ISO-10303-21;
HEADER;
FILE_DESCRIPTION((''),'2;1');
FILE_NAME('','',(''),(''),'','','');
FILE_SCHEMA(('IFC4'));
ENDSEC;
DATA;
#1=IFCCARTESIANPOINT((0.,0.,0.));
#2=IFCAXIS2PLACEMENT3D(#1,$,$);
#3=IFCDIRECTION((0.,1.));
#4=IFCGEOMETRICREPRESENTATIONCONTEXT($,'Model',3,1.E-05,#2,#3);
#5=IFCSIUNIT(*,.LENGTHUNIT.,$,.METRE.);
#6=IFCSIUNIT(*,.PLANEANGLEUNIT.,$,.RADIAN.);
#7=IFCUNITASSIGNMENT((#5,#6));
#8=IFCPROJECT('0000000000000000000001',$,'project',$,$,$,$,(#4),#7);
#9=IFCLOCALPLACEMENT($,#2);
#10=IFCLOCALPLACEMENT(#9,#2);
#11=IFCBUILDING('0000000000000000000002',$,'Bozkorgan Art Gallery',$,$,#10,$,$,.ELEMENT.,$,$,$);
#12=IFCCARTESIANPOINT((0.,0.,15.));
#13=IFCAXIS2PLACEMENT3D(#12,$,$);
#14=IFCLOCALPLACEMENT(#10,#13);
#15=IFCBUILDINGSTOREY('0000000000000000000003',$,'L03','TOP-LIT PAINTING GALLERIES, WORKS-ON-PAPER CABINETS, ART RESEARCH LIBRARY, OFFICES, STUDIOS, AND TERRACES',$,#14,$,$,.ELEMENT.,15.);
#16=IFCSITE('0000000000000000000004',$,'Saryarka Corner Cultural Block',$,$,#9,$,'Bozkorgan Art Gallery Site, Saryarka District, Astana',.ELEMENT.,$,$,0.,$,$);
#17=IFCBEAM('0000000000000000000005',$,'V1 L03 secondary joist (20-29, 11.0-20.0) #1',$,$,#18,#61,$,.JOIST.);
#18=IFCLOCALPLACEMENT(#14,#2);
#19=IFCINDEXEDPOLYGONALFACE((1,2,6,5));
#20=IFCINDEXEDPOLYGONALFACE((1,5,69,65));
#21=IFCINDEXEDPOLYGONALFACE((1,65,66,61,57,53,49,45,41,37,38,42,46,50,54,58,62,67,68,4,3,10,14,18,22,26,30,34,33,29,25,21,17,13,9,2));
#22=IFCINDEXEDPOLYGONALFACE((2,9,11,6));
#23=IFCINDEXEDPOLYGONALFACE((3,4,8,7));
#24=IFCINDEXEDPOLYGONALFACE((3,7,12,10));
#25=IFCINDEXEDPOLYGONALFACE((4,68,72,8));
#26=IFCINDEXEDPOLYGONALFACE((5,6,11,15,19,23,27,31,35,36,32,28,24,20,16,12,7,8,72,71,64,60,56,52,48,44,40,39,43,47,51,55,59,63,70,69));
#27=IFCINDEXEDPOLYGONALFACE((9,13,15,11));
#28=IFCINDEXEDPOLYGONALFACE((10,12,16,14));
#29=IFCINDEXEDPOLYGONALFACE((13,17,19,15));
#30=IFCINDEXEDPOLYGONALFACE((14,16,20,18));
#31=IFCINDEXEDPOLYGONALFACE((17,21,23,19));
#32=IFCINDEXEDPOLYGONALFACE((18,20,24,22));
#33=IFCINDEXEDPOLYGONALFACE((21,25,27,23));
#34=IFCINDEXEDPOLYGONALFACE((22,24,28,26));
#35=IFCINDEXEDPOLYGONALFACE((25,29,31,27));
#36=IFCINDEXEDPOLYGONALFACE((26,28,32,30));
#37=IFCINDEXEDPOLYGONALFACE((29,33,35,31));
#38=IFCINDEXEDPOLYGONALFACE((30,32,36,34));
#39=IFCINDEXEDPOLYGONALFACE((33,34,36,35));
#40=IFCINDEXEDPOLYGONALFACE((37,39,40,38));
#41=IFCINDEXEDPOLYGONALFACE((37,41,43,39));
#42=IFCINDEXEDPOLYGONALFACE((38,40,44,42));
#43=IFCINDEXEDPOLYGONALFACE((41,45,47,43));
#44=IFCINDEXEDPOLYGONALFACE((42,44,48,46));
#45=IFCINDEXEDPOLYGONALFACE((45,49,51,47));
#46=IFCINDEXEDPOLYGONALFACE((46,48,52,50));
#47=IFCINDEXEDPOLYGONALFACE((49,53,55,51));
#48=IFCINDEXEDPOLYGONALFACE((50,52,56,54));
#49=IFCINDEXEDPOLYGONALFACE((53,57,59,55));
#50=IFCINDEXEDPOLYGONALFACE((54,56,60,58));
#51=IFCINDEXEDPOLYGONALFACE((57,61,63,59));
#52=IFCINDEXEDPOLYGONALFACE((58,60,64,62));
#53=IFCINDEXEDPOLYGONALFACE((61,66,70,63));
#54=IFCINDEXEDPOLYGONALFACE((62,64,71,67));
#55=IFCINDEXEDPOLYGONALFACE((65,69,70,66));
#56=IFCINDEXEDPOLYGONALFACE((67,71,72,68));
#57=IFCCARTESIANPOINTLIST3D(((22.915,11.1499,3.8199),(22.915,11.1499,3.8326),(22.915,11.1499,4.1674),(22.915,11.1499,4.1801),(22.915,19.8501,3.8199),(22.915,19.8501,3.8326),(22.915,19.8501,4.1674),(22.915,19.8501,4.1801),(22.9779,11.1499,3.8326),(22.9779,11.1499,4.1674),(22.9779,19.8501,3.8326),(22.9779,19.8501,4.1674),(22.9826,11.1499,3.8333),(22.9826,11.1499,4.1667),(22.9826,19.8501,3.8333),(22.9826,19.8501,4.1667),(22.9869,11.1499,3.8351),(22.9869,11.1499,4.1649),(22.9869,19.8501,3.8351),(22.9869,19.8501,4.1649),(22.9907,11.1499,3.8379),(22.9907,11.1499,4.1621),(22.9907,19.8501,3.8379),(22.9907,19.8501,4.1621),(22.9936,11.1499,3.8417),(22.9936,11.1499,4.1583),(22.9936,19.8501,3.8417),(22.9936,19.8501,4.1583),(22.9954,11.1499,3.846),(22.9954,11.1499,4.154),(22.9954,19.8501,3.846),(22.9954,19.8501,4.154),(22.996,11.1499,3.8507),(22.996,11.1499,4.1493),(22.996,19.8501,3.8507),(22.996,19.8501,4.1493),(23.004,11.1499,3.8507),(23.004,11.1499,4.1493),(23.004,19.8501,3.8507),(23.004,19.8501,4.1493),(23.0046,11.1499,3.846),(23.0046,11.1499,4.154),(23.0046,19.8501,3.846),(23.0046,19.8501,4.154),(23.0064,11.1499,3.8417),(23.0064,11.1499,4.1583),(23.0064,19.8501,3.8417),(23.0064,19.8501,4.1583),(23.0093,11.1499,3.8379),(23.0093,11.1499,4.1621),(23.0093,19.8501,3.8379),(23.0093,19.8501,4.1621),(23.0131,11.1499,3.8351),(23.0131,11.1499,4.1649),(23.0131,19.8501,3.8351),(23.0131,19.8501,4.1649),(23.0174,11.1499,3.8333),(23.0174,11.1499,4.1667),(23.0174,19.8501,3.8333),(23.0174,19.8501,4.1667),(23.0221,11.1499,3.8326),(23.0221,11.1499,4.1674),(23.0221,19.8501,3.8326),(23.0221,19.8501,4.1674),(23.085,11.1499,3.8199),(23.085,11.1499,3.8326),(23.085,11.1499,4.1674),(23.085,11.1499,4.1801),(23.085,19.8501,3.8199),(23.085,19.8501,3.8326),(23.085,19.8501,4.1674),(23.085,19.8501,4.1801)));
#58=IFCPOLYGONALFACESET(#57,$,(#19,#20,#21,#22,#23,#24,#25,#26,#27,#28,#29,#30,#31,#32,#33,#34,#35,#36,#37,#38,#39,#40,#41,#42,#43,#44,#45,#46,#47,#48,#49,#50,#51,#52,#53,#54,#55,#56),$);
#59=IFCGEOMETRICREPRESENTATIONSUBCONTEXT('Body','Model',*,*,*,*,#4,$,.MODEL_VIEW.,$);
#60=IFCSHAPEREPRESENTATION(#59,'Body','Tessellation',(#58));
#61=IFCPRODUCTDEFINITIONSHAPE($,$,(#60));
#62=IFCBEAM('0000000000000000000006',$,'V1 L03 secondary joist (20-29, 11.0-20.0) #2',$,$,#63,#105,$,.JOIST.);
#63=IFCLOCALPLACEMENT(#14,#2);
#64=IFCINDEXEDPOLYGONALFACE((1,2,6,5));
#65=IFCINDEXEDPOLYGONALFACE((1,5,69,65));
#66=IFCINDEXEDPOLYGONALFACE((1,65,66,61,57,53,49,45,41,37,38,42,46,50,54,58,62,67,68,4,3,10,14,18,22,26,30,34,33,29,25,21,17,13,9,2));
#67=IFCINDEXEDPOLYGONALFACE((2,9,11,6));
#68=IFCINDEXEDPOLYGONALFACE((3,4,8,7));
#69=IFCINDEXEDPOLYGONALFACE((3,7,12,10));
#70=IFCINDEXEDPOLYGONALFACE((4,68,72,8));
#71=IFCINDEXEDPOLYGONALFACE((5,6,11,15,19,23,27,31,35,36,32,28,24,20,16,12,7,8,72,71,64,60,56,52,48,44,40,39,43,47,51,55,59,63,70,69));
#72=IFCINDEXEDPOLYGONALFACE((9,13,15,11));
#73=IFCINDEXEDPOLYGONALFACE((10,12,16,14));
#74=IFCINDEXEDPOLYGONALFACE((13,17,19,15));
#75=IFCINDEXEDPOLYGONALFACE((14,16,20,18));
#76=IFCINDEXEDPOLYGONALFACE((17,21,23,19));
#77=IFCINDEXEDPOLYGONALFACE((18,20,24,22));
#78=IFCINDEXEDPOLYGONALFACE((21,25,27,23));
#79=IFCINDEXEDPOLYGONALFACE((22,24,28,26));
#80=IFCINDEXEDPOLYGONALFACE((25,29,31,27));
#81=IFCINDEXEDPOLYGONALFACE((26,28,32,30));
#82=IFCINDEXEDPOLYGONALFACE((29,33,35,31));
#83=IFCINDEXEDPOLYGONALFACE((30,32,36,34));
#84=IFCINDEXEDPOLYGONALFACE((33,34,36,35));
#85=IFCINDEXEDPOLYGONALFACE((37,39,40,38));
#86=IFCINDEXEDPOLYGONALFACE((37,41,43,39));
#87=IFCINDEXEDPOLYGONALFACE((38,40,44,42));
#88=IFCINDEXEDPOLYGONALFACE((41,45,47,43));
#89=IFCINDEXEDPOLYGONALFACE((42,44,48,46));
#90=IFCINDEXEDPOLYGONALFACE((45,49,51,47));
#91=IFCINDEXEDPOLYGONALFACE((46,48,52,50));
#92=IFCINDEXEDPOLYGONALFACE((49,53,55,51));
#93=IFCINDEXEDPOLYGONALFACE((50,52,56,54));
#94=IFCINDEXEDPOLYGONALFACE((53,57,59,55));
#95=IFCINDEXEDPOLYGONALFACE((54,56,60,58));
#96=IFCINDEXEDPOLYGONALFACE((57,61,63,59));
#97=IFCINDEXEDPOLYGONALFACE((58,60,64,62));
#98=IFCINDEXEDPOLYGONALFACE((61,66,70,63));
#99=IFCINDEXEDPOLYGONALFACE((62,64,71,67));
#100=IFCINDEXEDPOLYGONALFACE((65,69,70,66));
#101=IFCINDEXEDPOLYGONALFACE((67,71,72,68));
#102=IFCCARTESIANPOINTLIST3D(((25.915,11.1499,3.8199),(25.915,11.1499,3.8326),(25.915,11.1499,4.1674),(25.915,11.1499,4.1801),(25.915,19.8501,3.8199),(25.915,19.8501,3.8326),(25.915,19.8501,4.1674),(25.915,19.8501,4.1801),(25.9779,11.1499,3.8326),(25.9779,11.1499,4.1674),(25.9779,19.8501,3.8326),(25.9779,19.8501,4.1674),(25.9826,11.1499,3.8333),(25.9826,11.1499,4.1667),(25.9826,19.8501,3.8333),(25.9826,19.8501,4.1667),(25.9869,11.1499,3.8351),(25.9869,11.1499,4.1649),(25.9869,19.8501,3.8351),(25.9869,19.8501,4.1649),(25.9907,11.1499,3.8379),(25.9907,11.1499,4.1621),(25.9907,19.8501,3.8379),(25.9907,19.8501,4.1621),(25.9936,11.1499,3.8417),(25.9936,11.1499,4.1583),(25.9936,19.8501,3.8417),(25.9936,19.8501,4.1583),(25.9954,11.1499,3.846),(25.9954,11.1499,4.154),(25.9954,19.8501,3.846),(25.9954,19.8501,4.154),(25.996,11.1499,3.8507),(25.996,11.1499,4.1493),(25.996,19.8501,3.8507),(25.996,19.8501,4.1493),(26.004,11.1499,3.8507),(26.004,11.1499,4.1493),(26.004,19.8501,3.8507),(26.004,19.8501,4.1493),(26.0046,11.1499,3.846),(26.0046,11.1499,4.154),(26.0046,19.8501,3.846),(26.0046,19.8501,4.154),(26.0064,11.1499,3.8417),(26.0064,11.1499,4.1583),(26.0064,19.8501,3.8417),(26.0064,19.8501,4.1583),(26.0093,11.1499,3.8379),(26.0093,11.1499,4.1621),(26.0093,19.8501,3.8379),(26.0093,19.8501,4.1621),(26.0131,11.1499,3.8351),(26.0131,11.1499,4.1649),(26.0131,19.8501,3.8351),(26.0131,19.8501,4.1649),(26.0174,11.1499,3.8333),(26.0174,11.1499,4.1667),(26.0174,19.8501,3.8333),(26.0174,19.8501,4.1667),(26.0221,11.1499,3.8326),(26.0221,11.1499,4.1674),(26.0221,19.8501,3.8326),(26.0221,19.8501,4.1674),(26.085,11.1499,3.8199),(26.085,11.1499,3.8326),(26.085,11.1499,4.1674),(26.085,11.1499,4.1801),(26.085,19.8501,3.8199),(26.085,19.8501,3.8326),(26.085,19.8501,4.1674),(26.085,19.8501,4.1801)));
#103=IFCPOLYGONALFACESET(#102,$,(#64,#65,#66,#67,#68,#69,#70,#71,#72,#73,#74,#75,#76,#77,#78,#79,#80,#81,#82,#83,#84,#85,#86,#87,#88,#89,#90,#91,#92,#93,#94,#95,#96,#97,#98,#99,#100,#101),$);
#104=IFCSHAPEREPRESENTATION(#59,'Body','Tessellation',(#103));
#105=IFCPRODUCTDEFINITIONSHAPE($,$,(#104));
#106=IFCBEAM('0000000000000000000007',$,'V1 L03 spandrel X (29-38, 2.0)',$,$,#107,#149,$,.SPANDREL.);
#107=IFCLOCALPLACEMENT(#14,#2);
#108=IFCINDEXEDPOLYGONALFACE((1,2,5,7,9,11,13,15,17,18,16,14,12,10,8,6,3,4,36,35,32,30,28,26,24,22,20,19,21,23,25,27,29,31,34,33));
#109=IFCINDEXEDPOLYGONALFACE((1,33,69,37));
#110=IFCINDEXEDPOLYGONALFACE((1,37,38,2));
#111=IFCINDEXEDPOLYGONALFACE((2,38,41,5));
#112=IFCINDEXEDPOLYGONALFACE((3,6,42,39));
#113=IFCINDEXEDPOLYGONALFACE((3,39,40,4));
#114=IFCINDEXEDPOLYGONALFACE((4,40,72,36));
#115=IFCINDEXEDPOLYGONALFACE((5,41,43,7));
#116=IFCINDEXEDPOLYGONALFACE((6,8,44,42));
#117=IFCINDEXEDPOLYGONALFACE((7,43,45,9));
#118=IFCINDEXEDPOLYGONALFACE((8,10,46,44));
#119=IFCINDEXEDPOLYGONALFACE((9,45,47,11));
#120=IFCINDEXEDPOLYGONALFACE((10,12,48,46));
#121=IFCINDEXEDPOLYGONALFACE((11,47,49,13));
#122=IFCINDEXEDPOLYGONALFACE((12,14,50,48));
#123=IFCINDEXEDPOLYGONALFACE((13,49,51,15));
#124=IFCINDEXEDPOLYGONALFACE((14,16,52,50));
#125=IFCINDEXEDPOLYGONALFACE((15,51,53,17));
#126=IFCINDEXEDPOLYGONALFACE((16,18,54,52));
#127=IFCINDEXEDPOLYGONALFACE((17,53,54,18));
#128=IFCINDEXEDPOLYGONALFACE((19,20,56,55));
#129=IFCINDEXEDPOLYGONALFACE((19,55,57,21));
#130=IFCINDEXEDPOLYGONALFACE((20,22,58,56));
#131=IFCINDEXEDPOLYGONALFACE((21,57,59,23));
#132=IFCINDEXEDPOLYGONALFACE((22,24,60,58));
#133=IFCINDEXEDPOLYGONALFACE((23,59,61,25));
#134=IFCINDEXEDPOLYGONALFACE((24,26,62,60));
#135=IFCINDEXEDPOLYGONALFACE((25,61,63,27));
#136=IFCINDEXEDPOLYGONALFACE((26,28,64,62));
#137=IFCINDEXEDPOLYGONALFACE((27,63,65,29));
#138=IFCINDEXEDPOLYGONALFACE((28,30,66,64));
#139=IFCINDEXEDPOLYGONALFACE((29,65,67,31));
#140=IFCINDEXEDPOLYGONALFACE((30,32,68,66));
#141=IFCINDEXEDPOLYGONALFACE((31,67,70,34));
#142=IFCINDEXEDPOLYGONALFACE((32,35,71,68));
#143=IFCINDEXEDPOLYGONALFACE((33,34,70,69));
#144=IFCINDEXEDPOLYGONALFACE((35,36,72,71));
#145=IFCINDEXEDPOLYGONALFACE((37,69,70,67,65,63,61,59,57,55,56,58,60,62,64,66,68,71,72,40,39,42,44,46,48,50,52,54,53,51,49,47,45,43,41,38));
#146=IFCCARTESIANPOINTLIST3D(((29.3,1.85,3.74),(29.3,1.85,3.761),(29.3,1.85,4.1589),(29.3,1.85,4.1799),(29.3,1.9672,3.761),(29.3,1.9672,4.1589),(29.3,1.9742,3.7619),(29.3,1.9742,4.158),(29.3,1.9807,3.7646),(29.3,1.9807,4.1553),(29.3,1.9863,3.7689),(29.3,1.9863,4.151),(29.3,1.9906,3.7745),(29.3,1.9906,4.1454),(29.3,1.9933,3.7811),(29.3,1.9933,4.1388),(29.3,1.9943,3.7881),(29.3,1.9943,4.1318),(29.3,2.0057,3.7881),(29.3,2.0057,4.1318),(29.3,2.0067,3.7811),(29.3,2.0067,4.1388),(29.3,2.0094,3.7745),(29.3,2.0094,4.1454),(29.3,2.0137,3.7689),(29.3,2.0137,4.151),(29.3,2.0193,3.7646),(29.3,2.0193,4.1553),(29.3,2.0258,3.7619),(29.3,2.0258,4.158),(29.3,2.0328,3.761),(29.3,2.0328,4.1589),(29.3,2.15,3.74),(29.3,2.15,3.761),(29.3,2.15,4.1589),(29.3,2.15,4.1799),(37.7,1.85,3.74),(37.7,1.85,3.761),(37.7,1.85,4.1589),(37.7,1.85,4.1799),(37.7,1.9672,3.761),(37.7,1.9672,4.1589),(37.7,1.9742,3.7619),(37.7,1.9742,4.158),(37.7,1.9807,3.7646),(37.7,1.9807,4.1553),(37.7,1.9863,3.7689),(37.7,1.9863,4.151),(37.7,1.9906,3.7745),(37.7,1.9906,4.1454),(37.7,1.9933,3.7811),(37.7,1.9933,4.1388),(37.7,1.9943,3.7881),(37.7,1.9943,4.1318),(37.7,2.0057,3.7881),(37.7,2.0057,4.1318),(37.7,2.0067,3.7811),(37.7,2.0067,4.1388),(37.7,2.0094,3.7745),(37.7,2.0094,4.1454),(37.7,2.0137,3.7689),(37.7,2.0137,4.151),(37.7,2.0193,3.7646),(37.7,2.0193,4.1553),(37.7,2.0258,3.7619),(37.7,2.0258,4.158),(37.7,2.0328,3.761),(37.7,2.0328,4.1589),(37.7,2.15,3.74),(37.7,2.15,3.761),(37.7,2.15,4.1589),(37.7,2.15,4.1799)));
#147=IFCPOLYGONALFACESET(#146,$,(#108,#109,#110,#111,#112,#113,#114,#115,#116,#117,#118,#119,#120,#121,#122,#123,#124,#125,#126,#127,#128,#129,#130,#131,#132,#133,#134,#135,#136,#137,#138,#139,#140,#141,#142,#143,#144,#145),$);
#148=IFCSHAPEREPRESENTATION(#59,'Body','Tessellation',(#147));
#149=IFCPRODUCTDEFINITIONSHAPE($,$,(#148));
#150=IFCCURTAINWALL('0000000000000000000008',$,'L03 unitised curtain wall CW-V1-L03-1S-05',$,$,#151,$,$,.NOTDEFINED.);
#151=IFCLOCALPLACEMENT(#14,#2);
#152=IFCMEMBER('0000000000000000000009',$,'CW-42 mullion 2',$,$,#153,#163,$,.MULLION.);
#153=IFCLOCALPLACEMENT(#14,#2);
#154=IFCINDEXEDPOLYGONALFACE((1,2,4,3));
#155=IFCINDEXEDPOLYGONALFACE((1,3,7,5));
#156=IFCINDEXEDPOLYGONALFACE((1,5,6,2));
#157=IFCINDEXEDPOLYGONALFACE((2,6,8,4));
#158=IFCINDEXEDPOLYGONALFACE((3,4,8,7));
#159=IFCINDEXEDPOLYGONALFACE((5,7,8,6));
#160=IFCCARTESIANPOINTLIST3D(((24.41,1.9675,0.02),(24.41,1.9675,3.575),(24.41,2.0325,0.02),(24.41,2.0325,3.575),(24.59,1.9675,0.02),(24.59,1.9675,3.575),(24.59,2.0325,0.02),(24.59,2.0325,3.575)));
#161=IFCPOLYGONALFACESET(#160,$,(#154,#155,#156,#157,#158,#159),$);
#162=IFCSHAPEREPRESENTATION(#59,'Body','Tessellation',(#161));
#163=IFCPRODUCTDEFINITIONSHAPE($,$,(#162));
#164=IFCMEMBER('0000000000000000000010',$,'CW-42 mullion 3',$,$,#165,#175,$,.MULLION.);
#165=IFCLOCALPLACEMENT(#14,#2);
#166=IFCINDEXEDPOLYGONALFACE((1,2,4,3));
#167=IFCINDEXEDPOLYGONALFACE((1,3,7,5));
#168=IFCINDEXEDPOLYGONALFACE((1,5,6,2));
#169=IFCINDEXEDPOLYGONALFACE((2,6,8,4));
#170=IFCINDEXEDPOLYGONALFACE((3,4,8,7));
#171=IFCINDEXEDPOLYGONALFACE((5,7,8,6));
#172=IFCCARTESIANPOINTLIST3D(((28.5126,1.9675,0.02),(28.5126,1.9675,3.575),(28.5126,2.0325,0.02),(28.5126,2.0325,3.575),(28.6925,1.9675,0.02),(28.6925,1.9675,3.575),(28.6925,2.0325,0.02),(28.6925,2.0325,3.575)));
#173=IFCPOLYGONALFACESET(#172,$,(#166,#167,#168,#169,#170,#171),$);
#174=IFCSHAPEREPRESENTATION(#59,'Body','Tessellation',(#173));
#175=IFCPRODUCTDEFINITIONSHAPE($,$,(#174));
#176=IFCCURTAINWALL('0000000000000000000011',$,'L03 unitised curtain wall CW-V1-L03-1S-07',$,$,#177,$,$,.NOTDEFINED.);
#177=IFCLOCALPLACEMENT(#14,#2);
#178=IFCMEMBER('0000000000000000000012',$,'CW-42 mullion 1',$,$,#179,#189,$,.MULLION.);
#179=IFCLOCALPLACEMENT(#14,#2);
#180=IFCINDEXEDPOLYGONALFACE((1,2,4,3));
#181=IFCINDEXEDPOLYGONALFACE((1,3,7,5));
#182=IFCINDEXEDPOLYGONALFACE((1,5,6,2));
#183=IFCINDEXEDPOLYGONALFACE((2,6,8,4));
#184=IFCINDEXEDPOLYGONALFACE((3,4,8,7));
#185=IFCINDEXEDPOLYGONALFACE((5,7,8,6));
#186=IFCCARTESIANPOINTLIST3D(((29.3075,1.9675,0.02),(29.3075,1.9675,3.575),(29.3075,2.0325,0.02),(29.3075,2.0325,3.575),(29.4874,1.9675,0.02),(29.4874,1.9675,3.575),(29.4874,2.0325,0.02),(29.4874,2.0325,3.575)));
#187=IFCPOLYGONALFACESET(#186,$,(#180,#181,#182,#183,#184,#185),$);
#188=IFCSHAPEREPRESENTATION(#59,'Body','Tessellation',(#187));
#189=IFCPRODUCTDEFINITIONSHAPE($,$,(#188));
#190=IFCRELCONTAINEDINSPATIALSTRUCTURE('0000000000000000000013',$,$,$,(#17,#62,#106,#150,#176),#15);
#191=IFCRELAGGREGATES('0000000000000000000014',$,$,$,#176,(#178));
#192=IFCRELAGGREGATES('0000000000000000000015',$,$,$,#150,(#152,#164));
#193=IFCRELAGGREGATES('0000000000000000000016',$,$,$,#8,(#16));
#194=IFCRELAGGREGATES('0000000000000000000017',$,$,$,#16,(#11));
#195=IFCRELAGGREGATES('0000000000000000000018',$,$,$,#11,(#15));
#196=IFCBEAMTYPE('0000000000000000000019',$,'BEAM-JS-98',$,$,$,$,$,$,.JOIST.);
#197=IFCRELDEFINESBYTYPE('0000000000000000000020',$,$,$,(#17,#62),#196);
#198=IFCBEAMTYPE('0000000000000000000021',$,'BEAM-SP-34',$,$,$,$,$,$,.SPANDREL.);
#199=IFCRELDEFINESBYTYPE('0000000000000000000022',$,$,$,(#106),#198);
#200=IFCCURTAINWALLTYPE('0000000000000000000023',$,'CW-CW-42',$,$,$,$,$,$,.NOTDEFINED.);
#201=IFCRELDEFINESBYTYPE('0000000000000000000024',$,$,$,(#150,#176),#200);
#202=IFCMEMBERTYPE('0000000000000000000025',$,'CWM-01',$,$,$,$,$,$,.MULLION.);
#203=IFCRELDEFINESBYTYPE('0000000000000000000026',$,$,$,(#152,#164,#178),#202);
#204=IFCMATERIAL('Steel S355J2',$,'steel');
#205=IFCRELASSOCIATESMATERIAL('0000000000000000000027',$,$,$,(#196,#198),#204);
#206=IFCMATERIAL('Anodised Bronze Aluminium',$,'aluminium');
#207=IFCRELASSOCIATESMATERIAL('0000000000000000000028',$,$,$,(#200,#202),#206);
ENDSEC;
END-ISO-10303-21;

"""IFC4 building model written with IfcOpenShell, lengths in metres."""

from ifc_helpers import new_model, si_unit, direction, frame, origin, origin_2d, place, context, subcontext, project, spatial, rectangle, i_section, extrude, material, material_profile, profile_set, type_object, element, aggregate, save


model = new_model("IFC4")

# Units and contexts
model_context = context("Model", 3, precision=1e-05, world=origin(), true_north=direction((0.0, 1.0)))
body_context = subcontext(model_context, "Body", "Model", "MODEL_VIEW")
ifc_project = project(units=[si_unit("LENGTHUNIT", "METRE"), si_unit("PLANEANGLEUNIT", "RADIAN")], contexts=[model_context])

# Site, building, storey
site_placement = place(None, origin())
site = spatial("IfcSite", under=ifc_project, at=site_placement, Name="Saryarka Corner Cultural Block", LongName="Bozkorgan Art Gallery Site, Saryarka District, Astana", CompositionType="ELEMENT", RefElevation=0.0)
building_placement = place(site_placement, origin())
building = spatial("IfcBuilding", under=site, at=building_placement, Name="Bozkorgan Art Gallery", CompositionType="ELEMENT")
storey_placement = place(building_placement, frame((0.0, 0.0, 15.0)))
storey = spatial("IfcBuildingStorey", under=building, at=storey_placement, Name="L03", Description="TOP-LIT PAINTING GALLERIES, WORKS-ON-PAPER CABINETS, ART RESEARCH LIBRARY, OFFICES, STUDIOS, AND TERRACES", CompositionType="ELEMENT", Elevation=15.0)

# Beams
ifc_material_1 = material(Name="Steel S355J2", Category="steel")
ifc_material_profile_1 = material_profile(ifc_material_1, i_section(OverallWidth=0.1699, OverallDepth=0.3601, WebThickness=0.0081, FlangeThickness=0.0127, FilletRadius=0.0181, at=origin_2d()), Name="IPE 360")
ifc_profile_set_1 = profile_set([ifc_material_profile_1], Name="Steel S355J2")
beam_type_1 = type_object("IfcBeamType", Name="BEAM-JS-98", PredefinedType="JOIST", material=ifc_profile_set_1)
for number, where, z_axis, x_axis, name in (
    (1, (23.0, 11.1499, 4.0), (0.0, 1.0, 0.0), (-1.0, 0.0, 0.0), "V1 L03 secondary joist (20-29, 11.0-20.0) #1"),
    (2, (26.0, 11.1499, 4.0), (0.0, 1.0, 0.0), (-1.0, 0.0, 0.0), "V1 L03 secondary joist (20-29, 11.0-20.0) #2"),
):
    element("IfcBeam", number, at=place(storey_placement, frame(where, z_axis=z_axis, x_axis=x_axis)), inside=storey, type_object=beam_type_1, Name=name, PredefinedType="JOIST", context=body_context, shape_type="SweptSolid", body=[
        extrude(i_section(OverallWidth=0.1699, OverallDepth=0.3601, WebThickness=0.0081, FlangeThickness=0.0127, FilletRadius=0.0181, at=origin_2d()), origin(), (0.0, 0.0, 1.0), 8.7002),
    ])
ifc_material_profile_2 = material_profile(ifc_material_1, i_section(OverallWidth=0.3, OverallDepth=0.4399, WebThickness=0.0115, FlangeThickness=0.021, FilletRadius=0.0271, at=origin_2d()), Name="HEA 450")
ifc_profile_set_2 = profile_set([ifc_material_profile_2], Name="Steel S355J2")
beam_type_2 = type_object("IfcBeamType", Name="BEAM-SP-34", PredefinedType="SPANDREL", material=ifc_profile_set_2)
beam_placement = place(storey_placement, frame((29.3, 2.0, 3.96), z_axis=(1.0, 0.0, 0.0), x_axis=(0.0, 1.0, 0.0)))
element("IfcBeam", 3, at=beam_placement, inside=storey, type_object=beam_type_2, Name="V1 L03 spandrel X (29-38, 2.0)", PredefinedType="SPANDREL", context=body_context, shape_type="SweptSolid", body=[
    extrude(i_section(OverallWidth=0.3, OverallDepth=0.4399, WebThickness=0.0115, FlangeThickness=0.021, FilletRadius=0.0271, at=origin_2d()), origin(), (0.0, 0.0, 1.0), 8.3999),
])

# Curtain wall, members
ifc_material_2 = material(Name="Anodised Bronze Aluminium", Category="aluminium")
curtain_wall_type = type_object("IfcCurtainWallType", Name="CW-CW-42", PredefinedType="NOTDEFINED", material=ifc_material_2)
curtain_wall_1_placement = place(storey_placement, origin())
curtain_wall_1 = element("IfcCurtainWall", 4, at=curtain_wall_1_placement, inside=storey, type_object=curtain_wall_type, Name="L03 unitised curtain wall CW-V1-L03-1S-05", PredefinedType="NOTDEFINED")
ifc_material_profile_3 = material_profile(ifc_material_2, rectangle(XDim=0.0649, YDim=0.1799, at=origin_2d()), Name="ALU MULLION 65x180")
ifc_profile_set_3 = profile_set([ifc_material_profile_3], Name="Anodised Bronze Aluminium")
member_type_1 = type_object("IfcMemberType", Name="CWM-01", PredefinedType="MULLION", material=ifc_profile_set_3)
member_1_placement = place(storey_placement, frame((24.5, 2.0, 0.02), z_axis=(0.0, 0.0, 1.0), x_axis=(0.0, 1.0, 0.0)))
member_1 = element("IfcMember", 5, at=member_1_placement, type_object=member_type_1, Name="CW-42 mullion 2", PredefinedType="MULLION", context=body_context, shape_type="SweptSolid", body=[
    extrude(rectangle(XDim=0.0649, YDim=0.1799, at=origin_2d()), origin(), (0.0, 0.0, 1.0), 3.5549),
])
member_2_placement = place(storey_placement, frame((28.6025, 2.0, 0.02), z_axis=(0.0, 0.0, 1.0), x_axis=(0.0, 1.0, 0.0)))
member_2 = element("IfcMember", 6, at=member_2_placement, type_object=member_type_1, Name="CW-42 mullion 3", PredefinedType="MULLION", context=body_context, shape_type="SweptSolid", body=[
    extrude(rectangle(XDim=0.0649, YDim=0.1799, at=origin_2d()), origin(), (0.0, 0.0, 1.0), 3.5549),
])

# Curtain wall, member
curtain_wall_2_placement = place(storey_placement, origin())
curtain_wall_2 = element("IfcCurtainWall", 7, at=curtain_wall_2_placement, inside=storey, type_object=curtain_wall_type, Name="L03 unitised curtain wall CW-V1-L03-1S-07", PredefinedType="NOTDEFINED")
member_3_placement = place(storey_placement, frame((29.3975, 2.0, 0.02), z_axis=(0.0, 0.0, 1.0), x_axis=(0.0, 1.0, 0.0)))
member_3 = element("IfcMember", 8, at=member_3_placement, type_object=member_type_1, Name="CW-42 mullion 1", PredefinedType="MULLION", context=body_context, shape_type="SweptSolid", body=[
    extrude(rectangle(XDim=0.0649, YDim=0.1799, at=origin_2d()), origin(), (0.0, 0.0, 1.0), 3.5549),
])

aggregate(curtain_wall_2, [member_3])

aggregate(curtain_wall_1, [member_1, member_2])

save(model, "model.ifc")
